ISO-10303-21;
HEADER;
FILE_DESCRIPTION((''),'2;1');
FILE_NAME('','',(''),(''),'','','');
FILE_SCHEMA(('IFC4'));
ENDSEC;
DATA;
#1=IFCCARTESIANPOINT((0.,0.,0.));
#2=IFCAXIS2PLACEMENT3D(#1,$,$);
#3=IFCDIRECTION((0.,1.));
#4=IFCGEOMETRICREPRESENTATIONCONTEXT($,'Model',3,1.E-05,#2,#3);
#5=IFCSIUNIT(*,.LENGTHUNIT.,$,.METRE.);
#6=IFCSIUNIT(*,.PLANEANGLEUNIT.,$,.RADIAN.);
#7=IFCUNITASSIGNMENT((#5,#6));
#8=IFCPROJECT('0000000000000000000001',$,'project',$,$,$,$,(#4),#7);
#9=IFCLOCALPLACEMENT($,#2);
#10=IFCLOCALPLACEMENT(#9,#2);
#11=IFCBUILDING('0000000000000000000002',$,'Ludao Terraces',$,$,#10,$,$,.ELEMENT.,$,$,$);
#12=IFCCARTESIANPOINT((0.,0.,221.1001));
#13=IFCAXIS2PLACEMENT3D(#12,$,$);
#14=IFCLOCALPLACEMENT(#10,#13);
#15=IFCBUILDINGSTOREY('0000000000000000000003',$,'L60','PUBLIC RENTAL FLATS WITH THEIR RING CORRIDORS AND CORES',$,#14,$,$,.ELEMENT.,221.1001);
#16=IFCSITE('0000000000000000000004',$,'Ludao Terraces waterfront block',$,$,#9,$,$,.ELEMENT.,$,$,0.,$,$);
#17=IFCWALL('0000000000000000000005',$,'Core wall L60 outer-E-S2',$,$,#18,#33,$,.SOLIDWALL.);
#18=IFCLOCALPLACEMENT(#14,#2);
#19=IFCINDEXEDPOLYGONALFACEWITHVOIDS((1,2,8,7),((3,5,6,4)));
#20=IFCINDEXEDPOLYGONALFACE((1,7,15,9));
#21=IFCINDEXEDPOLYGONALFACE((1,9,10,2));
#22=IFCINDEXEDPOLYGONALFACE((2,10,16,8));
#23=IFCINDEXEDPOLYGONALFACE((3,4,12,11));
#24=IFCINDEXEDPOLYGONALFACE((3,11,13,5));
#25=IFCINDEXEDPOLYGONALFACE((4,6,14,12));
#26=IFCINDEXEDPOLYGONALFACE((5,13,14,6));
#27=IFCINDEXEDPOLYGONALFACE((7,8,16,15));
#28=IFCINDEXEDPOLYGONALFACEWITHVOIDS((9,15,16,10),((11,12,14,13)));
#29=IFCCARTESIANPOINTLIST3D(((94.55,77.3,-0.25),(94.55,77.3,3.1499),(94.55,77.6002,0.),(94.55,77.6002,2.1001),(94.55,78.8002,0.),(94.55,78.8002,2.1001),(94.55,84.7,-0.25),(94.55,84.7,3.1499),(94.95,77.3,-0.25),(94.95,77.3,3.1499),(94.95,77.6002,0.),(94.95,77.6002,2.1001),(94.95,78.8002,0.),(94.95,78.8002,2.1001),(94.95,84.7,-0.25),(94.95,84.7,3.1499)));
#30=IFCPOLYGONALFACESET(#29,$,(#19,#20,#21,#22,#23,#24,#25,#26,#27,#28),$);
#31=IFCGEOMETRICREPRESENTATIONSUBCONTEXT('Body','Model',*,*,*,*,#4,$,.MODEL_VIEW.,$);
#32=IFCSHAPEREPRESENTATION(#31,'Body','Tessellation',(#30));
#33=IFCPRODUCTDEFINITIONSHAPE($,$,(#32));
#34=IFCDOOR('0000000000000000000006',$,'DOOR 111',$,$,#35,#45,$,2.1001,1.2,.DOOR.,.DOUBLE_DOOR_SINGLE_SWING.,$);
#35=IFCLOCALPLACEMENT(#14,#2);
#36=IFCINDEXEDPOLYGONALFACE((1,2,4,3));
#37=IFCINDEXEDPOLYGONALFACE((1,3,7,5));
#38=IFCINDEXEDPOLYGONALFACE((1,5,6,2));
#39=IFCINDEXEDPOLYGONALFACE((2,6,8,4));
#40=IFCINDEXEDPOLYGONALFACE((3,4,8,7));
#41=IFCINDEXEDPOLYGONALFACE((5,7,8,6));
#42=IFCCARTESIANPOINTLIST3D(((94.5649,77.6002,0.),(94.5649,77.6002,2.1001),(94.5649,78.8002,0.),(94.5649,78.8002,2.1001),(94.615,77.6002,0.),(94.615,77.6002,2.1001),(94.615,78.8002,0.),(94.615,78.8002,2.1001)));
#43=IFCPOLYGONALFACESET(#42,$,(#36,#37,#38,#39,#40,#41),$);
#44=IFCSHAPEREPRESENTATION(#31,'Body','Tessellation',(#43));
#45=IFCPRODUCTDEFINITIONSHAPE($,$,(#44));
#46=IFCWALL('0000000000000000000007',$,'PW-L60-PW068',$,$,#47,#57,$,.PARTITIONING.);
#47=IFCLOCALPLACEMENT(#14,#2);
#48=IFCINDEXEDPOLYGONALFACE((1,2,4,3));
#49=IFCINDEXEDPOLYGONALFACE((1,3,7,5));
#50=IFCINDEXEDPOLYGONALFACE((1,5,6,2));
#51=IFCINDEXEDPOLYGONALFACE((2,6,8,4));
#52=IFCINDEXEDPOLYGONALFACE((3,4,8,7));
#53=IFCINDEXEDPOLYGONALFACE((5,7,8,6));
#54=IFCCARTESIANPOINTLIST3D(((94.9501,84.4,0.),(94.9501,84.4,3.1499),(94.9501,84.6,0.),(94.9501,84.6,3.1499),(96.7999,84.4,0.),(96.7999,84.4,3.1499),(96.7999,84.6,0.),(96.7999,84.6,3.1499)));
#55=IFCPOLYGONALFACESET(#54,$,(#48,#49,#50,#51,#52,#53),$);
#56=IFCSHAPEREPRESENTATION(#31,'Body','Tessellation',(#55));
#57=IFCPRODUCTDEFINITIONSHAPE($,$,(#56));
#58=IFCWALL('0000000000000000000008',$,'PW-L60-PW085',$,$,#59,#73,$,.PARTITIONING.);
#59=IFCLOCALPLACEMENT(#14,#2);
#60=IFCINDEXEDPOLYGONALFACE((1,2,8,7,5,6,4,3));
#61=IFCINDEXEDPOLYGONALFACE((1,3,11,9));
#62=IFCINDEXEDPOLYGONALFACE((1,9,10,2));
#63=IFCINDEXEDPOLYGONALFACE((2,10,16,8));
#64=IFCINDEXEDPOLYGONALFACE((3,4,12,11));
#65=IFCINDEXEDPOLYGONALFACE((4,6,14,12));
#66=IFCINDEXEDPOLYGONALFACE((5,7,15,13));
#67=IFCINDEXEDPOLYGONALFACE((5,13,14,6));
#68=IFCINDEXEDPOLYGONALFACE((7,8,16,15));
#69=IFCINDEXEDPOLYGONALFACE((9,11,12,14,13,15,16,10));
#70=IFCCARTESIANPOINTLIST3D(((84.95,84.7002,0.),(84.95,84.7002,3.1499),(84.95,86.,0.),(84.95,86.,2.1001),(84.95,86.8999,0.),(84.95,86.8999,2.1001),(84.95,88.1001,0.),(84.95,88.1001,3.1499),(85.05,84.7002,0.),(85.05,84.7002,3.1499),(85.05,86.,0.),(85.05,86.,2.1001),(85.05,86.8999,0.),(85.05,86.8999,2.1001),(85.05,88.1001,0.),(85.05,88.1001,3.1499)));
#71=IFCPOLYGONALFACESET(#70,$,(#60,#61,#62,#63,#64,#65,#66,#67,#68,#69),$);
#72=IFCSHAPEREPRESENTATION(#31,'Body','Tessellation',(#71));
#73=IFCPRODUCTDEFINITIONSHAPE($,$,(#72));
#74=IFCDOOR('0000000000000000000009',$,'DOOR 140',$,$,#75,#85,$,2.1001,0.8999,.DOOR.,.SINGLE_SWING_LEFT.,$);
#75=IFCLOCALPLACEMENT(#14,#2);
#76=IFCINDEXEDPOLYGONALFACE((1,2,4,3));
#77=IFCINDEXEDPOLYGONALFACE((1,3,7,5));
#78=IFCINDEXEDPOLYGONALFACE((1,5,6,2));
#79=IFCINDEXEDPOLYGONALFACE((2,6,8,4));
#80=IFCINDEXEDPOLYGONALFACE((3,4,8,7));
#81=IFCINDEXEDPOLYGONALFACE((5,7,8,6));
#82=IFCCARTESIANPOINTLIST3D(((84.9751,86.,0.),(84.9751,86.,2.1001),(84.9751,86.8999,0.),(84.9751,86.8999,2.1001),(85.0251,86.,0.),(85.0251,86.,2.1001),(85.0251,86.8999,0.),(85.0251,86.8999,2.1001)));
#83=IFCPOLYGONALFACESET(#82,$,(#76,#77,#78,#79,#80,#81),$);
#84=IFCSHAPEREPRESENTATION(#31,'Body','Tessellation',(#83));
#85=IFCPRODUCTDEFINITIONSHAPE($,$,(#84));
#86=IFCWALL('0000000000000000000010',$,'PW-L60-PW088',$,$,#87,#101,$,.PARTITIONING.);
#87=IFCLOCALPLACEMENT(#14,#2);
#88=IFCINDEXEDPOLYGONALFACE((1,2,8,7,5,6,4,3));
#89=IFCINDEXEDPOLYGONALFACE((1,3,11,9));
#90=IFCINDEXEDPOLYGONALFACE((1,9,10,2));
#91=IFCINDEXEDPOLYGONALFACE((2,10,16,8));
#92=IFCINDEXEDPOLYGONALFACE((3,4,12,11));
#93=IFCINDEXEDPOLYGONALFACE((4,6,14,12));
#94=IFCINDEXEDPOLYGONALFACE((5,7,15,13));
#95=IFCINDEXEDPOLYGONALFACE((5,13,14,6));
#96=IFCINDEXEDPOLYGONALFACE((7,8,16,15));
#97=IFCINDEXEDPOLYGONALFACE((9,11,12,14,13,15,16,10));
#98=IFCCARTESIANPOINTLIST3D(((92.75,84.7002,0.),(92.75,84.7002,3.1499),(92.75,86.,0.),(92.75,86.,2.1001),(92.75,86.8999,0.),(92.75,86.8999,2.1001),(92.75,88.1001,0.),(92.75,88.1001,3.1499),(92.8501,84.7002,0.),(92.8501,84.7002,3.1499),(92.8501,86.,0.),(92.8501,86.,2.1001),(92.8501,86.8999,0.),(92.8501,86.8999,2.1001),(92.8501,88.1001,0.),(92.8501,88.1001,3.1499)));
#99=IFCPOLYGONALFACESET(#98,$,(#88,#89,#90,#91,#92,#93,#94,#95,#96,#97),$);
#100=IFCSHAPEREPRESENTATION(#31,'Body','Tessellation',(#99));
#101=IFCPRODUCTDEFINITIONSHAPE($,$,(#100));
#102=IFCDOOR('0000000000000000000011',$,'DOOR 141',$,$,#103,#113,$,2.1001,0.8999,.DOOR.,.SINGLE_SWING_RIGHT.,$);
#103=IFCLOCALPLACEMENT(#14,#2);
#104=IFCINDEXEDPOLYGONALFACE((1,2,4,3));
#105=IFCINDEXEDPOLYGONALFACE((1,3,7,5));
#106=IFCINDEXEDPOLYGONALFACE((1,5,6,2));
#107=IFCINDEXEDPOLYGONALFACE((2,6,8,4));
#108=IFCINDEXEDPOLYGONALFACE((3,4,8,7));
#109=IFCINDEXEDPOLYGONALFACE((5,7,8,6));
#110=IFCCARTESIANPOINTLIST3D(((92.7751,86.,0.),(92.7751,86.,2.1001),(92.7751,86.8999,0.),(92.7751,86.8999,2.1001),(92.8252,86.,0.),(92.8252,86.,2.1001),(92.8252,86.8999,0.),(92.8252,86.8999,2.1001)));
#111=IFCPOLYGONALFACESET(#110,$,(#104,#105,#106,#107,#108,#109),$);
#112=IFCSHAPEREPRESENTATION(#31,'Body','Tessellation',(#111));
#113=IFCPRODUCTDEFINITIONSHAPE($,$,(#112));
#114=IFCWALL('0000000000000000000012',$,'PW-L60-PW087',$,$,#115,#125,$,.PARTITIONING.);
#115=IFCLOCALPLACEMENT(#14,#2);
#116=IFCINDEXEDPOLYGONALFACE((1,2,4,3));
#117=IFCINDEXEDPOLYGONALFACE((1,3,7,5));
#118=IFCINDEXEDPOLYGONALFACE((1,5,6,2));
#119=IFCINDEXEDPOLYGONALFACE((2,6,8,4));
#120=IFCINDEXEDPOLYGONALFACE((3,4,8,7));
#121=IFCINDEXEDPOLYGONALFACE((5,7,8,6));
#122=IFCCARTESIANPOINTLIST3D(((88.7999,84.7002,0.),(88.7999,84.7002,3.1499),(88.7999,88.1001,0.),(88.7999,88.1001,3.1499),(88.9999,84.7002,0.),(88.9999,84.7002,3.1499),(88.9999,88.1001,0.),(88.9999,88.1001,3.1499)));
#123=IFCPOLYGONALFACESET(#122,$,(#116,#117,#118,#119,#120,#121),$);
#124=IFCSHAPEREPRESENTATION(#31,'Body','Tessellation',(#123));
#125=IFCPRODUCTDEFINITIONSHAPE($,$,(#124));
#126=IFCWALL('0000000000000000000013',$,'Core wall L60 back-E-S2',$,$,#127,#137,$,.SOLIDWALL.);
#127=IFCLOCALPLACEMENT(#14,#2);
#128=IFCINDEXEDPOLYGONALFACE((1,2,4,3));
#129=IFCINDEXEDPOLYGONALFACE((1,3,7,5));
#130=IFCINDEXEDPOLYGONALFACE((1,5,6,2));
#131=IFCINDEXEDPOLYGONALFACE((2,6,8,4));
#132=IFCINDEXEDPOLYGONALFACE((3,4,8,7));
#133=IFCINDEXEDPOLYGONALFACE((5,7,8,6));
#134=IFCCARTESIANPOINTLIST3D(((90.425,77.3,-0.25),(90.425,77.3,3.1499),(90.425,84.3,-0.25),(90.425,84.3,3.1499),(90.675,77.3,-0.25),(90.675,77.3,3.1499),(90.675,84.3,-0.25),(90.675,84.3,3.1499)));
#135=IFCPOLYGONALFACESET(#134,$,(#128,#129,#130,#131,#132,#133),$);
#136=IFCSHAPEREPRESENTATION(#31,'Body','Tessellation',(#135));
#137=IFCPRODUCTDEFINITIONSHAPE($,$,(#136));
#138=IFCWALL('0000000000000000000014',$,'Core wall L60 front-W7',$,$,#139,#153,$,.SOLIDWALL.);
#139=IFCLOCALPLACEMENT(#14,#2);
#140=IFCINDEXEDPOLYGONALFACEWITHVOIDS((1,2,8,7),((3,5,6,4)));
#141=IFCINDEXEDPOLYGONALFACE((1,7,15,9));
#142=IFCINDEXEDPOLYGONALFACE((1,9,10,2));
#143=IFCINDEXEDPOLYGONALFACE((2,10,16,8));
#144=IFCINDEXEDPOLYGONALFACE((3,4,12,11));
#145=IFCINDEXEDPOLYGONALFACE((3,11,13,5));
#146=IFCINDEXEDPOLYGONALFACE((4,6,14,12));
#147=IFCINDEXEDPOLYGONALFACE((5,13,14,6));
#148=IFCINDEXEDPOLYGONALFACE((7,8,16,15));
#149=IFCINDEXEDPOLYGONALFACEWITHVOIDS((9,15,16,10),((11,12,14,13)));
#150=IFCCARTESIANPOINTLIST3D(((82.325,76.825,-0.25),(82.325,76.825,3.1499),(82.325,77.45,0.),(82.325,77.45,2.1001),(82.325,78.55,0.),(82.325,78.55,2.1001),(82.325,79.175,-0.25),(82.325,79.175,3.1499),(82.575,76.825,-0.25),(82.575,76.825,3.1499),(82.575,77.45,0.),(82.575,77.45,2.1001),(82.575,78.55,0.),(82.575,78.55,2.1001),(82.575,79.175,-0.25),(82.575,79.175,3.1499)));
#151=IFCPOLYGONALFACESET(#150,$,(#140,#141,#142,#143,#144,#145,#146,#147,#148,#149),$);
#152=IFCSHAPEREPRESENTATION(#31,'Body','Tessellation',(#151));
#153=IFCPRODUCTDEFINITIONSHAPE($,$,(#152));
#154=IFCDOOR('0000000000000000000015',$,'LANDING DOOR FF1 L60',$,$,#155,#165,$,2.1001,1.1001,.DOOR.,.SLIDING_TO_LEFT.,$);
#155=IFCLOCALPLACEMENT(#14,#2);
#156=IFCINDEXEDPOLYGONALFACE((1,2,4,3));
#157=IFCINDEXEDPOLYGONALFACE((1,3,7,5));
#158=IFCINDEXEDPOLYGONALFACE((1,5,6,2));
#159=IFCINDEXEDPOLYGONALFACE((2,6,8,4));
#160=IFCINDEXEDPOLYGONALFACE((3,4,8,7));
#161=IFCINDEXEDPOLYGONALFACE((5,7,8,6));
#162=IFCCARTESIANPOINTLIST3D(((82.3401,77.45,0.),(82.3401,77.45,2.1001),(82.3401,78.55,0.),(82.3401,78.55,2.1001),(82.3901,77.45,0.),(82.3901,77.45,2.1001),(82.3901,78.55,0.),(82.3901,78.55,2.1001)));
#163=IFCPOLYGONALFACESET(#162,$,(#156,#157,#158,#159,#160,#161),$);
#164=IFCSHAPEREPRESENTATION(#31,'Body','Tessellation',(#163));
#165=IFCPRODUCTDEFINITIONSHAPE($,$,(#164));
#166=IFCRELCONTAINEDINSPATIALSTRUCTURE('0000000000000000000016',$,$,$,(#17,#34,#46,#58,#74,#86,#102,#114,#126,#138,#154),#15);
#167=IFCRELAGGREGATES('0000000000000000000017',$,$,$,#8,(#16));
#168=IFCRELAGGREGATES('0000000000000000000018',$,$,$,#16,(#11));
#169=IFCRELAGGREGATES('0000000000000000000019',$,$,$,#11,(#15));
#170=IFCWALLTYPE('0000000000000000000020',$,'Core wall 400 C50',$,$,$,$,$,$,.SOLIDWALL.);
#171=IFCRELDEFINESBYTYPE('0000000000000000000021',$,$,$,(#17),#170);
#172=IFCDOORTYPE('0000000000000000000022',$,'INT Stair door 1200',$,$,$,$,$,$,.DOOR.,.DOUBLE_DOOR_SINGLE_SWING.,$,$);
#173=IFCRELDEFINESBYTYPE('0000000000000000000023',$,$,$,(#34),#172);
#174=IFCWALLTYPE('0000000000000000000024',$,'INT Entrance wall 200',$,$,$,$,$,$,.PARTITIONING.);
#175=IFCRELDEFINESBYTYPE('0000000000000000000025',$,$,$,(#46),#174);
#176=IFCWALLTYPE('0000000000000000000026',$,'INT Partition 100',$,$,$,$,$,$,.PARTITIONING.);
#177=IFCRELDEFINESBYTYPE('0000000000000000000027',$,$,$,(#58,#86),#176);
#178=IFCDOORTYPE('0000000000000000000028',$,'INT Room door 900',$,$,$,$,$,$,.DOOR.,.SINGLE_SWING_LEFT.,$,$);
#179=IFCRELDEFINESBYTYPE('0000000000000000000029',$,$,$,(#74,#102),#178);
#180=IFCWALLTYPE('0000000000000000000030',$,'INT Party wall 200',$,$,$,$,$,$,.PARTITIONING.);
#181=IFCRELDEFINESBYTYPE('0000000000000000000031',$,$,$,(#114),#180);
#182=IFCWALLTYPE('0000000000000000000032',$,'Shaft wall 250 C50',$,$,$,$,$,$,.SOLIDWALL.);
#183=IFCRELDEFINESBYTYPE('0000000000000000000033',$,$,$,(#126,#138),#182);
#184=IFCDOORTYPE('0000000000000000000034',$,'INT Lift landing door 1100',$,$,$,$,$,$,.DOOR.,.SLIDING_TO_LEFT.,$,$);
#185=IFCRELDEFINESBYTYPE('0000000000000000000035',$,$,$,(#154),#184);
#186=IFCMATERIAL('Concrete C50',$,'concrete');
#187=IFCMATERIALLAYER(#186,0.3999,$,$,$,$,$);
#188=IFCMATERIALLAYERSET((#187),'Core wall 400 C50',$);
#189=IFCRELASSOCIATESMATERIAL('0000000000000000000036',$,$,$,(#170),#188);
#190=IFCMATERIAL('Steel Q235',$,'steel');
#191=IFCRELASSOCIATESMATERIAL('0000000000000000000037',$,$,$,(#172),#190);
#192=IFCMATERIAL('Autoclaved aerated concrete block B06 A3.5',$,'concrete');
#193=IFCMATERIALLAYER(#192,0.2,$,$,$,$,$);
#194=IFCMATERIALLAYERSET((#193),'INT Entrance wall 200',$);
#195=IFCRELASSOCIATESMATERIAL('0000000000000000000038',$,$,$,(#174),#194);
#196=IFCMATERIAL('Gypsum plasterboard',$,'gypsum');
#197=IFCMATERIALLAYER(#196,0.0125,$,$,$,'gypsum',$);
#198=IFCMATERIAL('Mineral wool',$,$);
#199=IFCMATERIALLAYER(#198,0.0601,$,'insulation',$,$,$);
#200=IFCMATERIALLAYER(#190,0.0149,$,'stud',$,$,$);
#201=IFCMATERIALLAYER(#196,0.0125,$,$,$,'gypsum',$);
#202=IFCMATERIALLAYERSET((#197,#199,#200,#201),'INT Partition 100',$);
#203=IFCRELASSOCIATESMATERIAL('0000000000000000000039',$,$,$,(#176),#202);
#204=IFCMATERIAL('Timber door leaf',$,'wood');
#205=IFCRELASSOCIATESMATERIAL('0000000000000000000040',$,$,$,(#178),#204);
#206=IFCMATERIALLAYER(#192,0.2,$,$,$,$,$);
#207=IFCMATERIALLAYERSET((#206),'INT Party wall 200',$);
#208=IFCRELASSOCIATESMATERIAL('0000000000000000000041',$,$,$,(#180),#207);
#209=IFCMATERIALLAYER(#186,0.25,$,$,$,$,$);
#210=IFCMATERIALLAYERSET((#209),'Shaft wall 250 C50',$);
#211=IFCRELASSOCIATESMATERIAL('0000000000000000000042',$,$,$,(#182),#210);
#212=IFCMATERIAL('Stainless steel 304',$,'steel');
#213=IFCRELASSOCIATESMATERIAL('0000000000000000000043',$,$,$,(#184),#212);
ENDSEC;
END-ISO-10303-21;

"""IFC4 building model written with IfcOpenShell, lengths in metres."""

from ifc_helpers import new_model, si_unit, direction, frame, frame_2d, origin, place, context, subcontext, project, spatial, rectangle, extrude, material, layer, layer_set, type_object, element, fill, save


model = new_model("IFC4")

# Units and contexts
model_context = context("Model", 3, precision=1e-05, world=origin(), true_north=direction((0.0, 1.0)))
body_context = subcontext(model_context, "Body", "Model", "MODEL_VIEW")
ifc_project = project(units=[si_unit("LENGTHUNIT", "METRE"), si_unit("PLANEANGLEUNIT", "RADIAN")], contexts=[model_context])

# Site, building, storey
site_placement = place(None, origin())
site = spatial("IfcSite", under=ifc_project, at=site_placement, Name="Ludao Terraces waterfront block", CompositionType="ELEMENT", RefElevation=0.0)
building_placement = place(site_placement, origin())
building = spatial("IfcBuilding", under=site, at=building_placement, Name="Ludao Terraces", CompositionType="ELEMENT")
storey_placement = place(building_placement, frame((0.0, 0.0, 221.1001)))
storey = spatial("IfcBuildingStorey", under=building, at=storey_placement, Name="L60", Description="PUBLIC RENTAL FLATS WITH THEIR RING CORRIDORS AND CORES", CompositionType="ELEMENT", Elevation=221.1001)

# Wall, opening, door
ifc_material_1 = material(Name="Concrete C50", Category="concrete")
ifc_layer_1 = layer(ifc_material_1, 0.3999)
ifc_layer_set_1 = layer_set([ifc_layer_1], Name="Core wall 400 C50")
wall_type_1 = type_object("IfcWallType", Name="Core wall 400 C50", PredefinedType="SOLIDWALL", material=ifc_layer_set_1)
wall_1_placement = place(storey_placement, frame((94.75, 77.3, -0.25), z_axis=(0.0, 0.0, 1.0), x_axis=(0.0, 1.0, 0.0)))
wall_1 = element("IfcWall", 1, at=wall_1_placement, inside=storey, type_object=wall_type_1, Name="Core wall L60 outer-E-S2", PredefinedType="SOLIDWALL", context=body_context, shape_type="SweptSolid", body=[
    extrude(rectangle(XDim=7.3999, YDim=0.3999, at=frame_2d((3.7, 0.0))), origin(), (0.0, 0.0, 1.0), 3.3999),
])
opening_1_placement = place(wall_1_placement, frame((0.3, 0.0, 0.25)))
opening_1 = element("IfcOpeningElement", 2, at=opening_1_placement, cuts=wall_1, PredefinedType="OPENING", context=body_context, shape_type="SweptSolid", body=[
    extrude(rectangle(XDim=1.2, YDim=2.1001, at=frame_2d((0.6001, 1.05))), frame((0.0, 0.21, 0.0), z_axis=(0.0, -1.0, 0.0), x_axis=(1.0, 0.0, 0.0)), (0.0, 0.0, 1.0), 0.4199),
])
ifc_material_2 = material(Name="Steel Q235", Category="steel")
door_type_1 = type_object("IfcDoorType", Name="INT Stair door 1200", OperationType="DOUBLE_DOOR_SINGLE_SWING", PredefinedType="DOOR", material=ifc_material_2)
door_1_placement = place(opening_1_placement, origin())
door_1 = element("IfcDoor", 3, at=door_1_placement, inside=storey, type_object=door_type_1, Name="DOOR 111", OperationType="DOUBLE_DOOR_SINGLE_SWING", OverallHeight=2.1001, OverallWidth=1.2, PredefinedType="DOOR", context=body_context, shape_type="SweptSolid", body=[
    extrude(rectangle(XDim=1.2, YDim=2.1001, at=frame_2d((0.6001, 1.05))), frame((0.0, 0.1851, 0.0), z_axis=(0.0, -1.0, 0.0), x_axis=(1.0, 0.0, 0.0)), (0.0, 0.0, 1.0), 0.05),
])
fill(opening_1, door_1)

# Wall
ifc_material_3 = material(Name="Autoclaved aerated concrete block B06 A3.5", Category="concrete")
ifc_layer_2 = layer(ifc_material_3, 0.2)
ifc_layer_set_2 = layer_set([ifc_layer_2], Name="INT Entrance wall 200")
wall_type_2 = type_object("IfcWallType", Name="INT Entrance wall 200", PredefinedType="PARTITIONING", material=ifc_layer_set_2)
wall_2_placement = place(storey_placement, frame((94.9502, 84.5, 0.0), z_axis=(0.0, 0.0, 1.0), x_axis=(1.0, 0.0, 0.0)))
element("IfcWall", 4, at=wall_2_placement, inside=storey, type_object=wall_type_2, Name="PW-L60-PW068", PredefinedType="PARTITIONING", context=body_context, shape_type="SweptSolid", body=[
    extrude(rectangle(XDim=1.8499, YDim=0.2, at=frame_2d((0.9248, 0.0))), origin(), (0.0, 0.0, 1.0), 3.1499),
])

# Walls, openings, doors
ifc_material_4 = material(Name="Gypsum plasterboard", Category="gypsum")
ifc_layer_3 = layer(ifc_material_4, 0.0125, Category="gypsum")
ifc_material_5 = material(Name="Mineral wool")
ifc_layer_4 = layer(ifc_material_5, 0.0601, Name="insulation")
ifc_layer_5 = layer(ifc_material_2, 0.0149, Name="stud")
ifc_layer_6 = layer(ifc_material_4, 0.0125, Category="gypsum")
ifc_layer_set_3 = layer_set([ifc_layer_3, ifc_layer_4, ifc_layer_5, ifc_layer_6], Name="INT Partition 100")
wall_type_3 = type_object("IfcWallType", Name="INT Partition 100", PredefinedType="PARTITIONING", material=ifc_layer_set_3)
wall_3_placement = place(storey_placement, frame((85.0, 84.7002, 0.0), z_axis=(0.0, 0.0, 1.0), x_axis=(0.0, 1.0, 0.0)))
wall_3 = element("IfcWall", 5, at=wall_3_placement, inside=storey, type_object=wall_type_3, Name="PW-L60-PW085", PredefinedType="PARTITIONING", context=body_context, shape_type="SweptSolid", body=[
    extrude(rectangle(XDim=3.3999, YDim=0.1001, at=frame_2d((1.7, 0.0))), origin(), (0.0, 0.0, 1.0), 3.1499),
])
opening_2_placement = place(wall_3_placement, frame((1.2998, 0.0, 0.0)))
opening_2 = element("IfcOpeningElement", 6, at=opening_2_placement, cuts=wall_3, PredefinedType="OPENING", context=body_context, shape_type="SweptSolid", body=[
    extrude(rectangle(XDim=0.8999, YDim=2.1001, at=frame_2d((0.45, 1.05))), frame((0.0, 0.0601, 0.0), z_axis=(0.0, -1.0, 0.0), x_axis=(1.0, 0.0, 0.0)), (0.0, 0.0, 1.0), 0.1201),
])
ifc_material_6 = material(Name="Timber door leaf", Category="wood")
door_type_2 = type_object("IfcDoorType", Name="INT Room door 900", OperationType="SINGLE_SWING_LEFT", PredefinedType="DOOR", material=ifc_material_6)
door_2_placement = place(opening_2_placement, origin())
door_2 = element("IfcDoor", 7, at=door_2_placement, inside=storey, type_object=door_type_2, Name="DOOR 140", OperationType="SINGLE_SWING_LEFT", OverallHeight=2.1001, OverallWidth=0.8999, PredefinedType="DOOR", context=body_context, shape_type="SweptSolid", body=[
    extrude(rectangle(XDim=0.8999, YDim=2.1001, at=frame_2d((0.45, 1.05))), frame((0.0, 0.0249, 0.0), z_axis=(0.0, -1.0, 0.0), x_axis=(1.0, 0.0, 0.0)), (0.0, 0.0, 1.0), 0.05),
])
fill(opening_2, door_2)
wall_4_placement = place(storey_placement, frame((92.8, 84.7002, 0.0), z_axis=(0.0, 0.0, 1.0), x_axis=(0.0, 1.0, 0.0)))
wall_4 = element("IfcWall", 8, at=wall_4_placement, inside=storey, type_object=wall_type_3, Name="PW-L60-PW088", PredefinedType="PARTITIONING", context=body_context, shape_type="SweptSolid", body=[
    extrude(rectangle(XDim=3.3999, YDim=0.1001, at=frame_2d((1.7, 0.0))), origin(), (0.0, 0.0, 1.0), 3.1499),
])
opening_3_placement = place(wall_4_placement, frame((1.2998, 0.0, 0.0)))
opening_3 = element("IfcOpeningElement", 9, at=opening_3_placement, cuts=wall_4, PredefinedType="OPENING", context=body_context, shape_type="SweptSolid", body=[
    extrude(rectangle(XDim=0.8999, YDim=2.1001, at=frame_2d((0.45, 1.05))), frame((0.0, 0.0601, 0.0), z_axis=(0.0, -1.0, 0.0), x_axis=(1.0, 0.0, 0.0)), (0.0, 0.0, 1.0), 0.1201),
])
door_3_placement = place(opening_3_placement, origin())
door_3 = element("IfcDoor", 10, at=door_3_placement, inside=storey, type_object=door_type_2, Name="DOOR 141", OperationType="SINGLE_SWING_RIGHT", OverallHeight=2.1001, OverallWidth=0.8999, PredefinedType="DOOR", context=body_context, shape_type="SweptSolid", body=[
    extrude(rectangle(XDim=0.8999, YDim=2.1001, at=frame_2d((0.45, 1.05))), frame((0.0, 0.0249, 0.0), z_axis=(0.0, -1.0, 0.0), x_axis=(1.0, 0.0, 0.0)), (0.0, 0.0, 1.0), 0.05),
])
fill(opening_3, door_3)

# Walls
ifc_layer_7 = layer(ifc_material_3, 0.2)
ifc_layer_set_4 = layer_set([ifc_layer_7], Name="INT Party wall 200")
wall_type_4 = type_object("IfcWallType", Name="INT Party wall 200", PredefinedType="PARTITIONING", material=ifc_layer_set_4)
wall_5_placement = place(storey_placement, frame((88.8999, 84.7002, 0.0), z_axis=(0.0, 0.0, 1.0), x_axis=(0.0, 1.0, 0.0)))
element("IfcWall", 11, at=wall_5_placement, inside=storey, type_object=wall_type_4, Name="PW-L60-PW087", PredefinedType="PARTITIONING", context=body_context, shape_type="SweptSolid", body=[
    extrude(rectangle(XDim=3.3999, YDim=0.2, at=frame_2d((1.7, 0.0))), origin(), (0.0, 0.0, 1.0), 3.1499),
])
ifc_layer_8 = layer(ifc_material_1, 0.25)
ifc_layer_set_5 = layer_set([ifc_layer_8], Name="Shaft wall 250 C50")
wall_type_5 = type_object("IfcWallType", Name="Shaft wall 250 C50", PredefinedType="SOLIDWALL", material=ifc_layer_set_5)
wall_6_placement = place(storey_placement, frame((90.55, 77.3, -0.25), z_axis=(0.0, 0.0, 1.0), x_axis=(0.0, 1.0, 0.0)))
element("IfcWall", 12, at=wall_6_placement, inside=storey, type_object=wall_type_5, Name="Core wall L60 back-E-S2", PredefinedType="SOLIDWALL", context=body_context, shape_type="SweptSolid", body=[
    extrude(rectangle(XDim=7.0, YDim=0.25, at=frame_2d((3.5, 0.0))), origin(), (0.0, 0.0, 1.0), 3.3999),
])

# Wall, opening, door
wall_7_placement = place(storey_placement, frame((82.45, 76.825, -0.25), z_axis=(0.0, 0.0, 1.0), x_axis=(0.0, 1.0, 0.0)))
wall_7 = element("IfcWall", 13, at=wall_7_placement, inside=storey, type_object=wall_type_5, Name="Core wall L60 front-W7", PredefinedType="SOLIDWALL", context=body_context, shape_type="SweptSolid", body=[
    extrude(rectangle(XDim=2.3501, YDim=0.25, at=frame_2d((1.175, 0.0))), origin(), (0.0, 0.0, 1.0), 3.3999),
])
opening_4_placement = place(wall_7_placement, frame((0.625, 0.0, 0.25)))
opening_4 = element("IfcOpeningElement", 14, at=opening_4_placement, cuts=wall_7, PredefinedType="OPENING", context=body_context, shape_type="SweptSolid", body=[
    extrude(rectangle(XDim=1.1001, YDim=2.1001, at=frame_2d((0.55, 1.05))), frame((0.0, 0.135, 0.0), z_axis=(0.0, -1.0, 0.0), x_axis=(1.0, 0.0, 0.0)), (0.0, 0.0, 1.0), 0.27),
])
ifc_material_7 = material(Name="Stainless steel 304", Category="steel")
door_type_3 = type_object("IfcDoorType", Name="INT Lift landing door 1100", OperationType="SLIDING_TO_LEFT", PredefinedType="DOOR", material=ifc_material_7)
door_4_placement = place(opening_4_placement, origin())
door_4 = element("IfcDoor", 15, at=door_4_placement, inside=storey, type_object=door_type_3, Name="LANDING DOOR FF1 L60", OperationType="SLIDING_TO_LEFT", OverallHeight=2.1001, OverallWidth=1.1001, PredefinedType="DOOR", context=body_context, shape_type="SweptSolid", body=[
    extrude(rectangle(XDim=1.1001, YDim=2.1001, at=frame_2d((0.55, 1.05))), frame((0.0, 0.1099, 0.0), z_axis=(0.0, -1.0, 0.0), x_axis=(1.0, 0.0, 0.0)), (0.0, 0.0, 1.0), 0.05),
])
fill(opening_4, door_4)

save(model, "model.ifc")
